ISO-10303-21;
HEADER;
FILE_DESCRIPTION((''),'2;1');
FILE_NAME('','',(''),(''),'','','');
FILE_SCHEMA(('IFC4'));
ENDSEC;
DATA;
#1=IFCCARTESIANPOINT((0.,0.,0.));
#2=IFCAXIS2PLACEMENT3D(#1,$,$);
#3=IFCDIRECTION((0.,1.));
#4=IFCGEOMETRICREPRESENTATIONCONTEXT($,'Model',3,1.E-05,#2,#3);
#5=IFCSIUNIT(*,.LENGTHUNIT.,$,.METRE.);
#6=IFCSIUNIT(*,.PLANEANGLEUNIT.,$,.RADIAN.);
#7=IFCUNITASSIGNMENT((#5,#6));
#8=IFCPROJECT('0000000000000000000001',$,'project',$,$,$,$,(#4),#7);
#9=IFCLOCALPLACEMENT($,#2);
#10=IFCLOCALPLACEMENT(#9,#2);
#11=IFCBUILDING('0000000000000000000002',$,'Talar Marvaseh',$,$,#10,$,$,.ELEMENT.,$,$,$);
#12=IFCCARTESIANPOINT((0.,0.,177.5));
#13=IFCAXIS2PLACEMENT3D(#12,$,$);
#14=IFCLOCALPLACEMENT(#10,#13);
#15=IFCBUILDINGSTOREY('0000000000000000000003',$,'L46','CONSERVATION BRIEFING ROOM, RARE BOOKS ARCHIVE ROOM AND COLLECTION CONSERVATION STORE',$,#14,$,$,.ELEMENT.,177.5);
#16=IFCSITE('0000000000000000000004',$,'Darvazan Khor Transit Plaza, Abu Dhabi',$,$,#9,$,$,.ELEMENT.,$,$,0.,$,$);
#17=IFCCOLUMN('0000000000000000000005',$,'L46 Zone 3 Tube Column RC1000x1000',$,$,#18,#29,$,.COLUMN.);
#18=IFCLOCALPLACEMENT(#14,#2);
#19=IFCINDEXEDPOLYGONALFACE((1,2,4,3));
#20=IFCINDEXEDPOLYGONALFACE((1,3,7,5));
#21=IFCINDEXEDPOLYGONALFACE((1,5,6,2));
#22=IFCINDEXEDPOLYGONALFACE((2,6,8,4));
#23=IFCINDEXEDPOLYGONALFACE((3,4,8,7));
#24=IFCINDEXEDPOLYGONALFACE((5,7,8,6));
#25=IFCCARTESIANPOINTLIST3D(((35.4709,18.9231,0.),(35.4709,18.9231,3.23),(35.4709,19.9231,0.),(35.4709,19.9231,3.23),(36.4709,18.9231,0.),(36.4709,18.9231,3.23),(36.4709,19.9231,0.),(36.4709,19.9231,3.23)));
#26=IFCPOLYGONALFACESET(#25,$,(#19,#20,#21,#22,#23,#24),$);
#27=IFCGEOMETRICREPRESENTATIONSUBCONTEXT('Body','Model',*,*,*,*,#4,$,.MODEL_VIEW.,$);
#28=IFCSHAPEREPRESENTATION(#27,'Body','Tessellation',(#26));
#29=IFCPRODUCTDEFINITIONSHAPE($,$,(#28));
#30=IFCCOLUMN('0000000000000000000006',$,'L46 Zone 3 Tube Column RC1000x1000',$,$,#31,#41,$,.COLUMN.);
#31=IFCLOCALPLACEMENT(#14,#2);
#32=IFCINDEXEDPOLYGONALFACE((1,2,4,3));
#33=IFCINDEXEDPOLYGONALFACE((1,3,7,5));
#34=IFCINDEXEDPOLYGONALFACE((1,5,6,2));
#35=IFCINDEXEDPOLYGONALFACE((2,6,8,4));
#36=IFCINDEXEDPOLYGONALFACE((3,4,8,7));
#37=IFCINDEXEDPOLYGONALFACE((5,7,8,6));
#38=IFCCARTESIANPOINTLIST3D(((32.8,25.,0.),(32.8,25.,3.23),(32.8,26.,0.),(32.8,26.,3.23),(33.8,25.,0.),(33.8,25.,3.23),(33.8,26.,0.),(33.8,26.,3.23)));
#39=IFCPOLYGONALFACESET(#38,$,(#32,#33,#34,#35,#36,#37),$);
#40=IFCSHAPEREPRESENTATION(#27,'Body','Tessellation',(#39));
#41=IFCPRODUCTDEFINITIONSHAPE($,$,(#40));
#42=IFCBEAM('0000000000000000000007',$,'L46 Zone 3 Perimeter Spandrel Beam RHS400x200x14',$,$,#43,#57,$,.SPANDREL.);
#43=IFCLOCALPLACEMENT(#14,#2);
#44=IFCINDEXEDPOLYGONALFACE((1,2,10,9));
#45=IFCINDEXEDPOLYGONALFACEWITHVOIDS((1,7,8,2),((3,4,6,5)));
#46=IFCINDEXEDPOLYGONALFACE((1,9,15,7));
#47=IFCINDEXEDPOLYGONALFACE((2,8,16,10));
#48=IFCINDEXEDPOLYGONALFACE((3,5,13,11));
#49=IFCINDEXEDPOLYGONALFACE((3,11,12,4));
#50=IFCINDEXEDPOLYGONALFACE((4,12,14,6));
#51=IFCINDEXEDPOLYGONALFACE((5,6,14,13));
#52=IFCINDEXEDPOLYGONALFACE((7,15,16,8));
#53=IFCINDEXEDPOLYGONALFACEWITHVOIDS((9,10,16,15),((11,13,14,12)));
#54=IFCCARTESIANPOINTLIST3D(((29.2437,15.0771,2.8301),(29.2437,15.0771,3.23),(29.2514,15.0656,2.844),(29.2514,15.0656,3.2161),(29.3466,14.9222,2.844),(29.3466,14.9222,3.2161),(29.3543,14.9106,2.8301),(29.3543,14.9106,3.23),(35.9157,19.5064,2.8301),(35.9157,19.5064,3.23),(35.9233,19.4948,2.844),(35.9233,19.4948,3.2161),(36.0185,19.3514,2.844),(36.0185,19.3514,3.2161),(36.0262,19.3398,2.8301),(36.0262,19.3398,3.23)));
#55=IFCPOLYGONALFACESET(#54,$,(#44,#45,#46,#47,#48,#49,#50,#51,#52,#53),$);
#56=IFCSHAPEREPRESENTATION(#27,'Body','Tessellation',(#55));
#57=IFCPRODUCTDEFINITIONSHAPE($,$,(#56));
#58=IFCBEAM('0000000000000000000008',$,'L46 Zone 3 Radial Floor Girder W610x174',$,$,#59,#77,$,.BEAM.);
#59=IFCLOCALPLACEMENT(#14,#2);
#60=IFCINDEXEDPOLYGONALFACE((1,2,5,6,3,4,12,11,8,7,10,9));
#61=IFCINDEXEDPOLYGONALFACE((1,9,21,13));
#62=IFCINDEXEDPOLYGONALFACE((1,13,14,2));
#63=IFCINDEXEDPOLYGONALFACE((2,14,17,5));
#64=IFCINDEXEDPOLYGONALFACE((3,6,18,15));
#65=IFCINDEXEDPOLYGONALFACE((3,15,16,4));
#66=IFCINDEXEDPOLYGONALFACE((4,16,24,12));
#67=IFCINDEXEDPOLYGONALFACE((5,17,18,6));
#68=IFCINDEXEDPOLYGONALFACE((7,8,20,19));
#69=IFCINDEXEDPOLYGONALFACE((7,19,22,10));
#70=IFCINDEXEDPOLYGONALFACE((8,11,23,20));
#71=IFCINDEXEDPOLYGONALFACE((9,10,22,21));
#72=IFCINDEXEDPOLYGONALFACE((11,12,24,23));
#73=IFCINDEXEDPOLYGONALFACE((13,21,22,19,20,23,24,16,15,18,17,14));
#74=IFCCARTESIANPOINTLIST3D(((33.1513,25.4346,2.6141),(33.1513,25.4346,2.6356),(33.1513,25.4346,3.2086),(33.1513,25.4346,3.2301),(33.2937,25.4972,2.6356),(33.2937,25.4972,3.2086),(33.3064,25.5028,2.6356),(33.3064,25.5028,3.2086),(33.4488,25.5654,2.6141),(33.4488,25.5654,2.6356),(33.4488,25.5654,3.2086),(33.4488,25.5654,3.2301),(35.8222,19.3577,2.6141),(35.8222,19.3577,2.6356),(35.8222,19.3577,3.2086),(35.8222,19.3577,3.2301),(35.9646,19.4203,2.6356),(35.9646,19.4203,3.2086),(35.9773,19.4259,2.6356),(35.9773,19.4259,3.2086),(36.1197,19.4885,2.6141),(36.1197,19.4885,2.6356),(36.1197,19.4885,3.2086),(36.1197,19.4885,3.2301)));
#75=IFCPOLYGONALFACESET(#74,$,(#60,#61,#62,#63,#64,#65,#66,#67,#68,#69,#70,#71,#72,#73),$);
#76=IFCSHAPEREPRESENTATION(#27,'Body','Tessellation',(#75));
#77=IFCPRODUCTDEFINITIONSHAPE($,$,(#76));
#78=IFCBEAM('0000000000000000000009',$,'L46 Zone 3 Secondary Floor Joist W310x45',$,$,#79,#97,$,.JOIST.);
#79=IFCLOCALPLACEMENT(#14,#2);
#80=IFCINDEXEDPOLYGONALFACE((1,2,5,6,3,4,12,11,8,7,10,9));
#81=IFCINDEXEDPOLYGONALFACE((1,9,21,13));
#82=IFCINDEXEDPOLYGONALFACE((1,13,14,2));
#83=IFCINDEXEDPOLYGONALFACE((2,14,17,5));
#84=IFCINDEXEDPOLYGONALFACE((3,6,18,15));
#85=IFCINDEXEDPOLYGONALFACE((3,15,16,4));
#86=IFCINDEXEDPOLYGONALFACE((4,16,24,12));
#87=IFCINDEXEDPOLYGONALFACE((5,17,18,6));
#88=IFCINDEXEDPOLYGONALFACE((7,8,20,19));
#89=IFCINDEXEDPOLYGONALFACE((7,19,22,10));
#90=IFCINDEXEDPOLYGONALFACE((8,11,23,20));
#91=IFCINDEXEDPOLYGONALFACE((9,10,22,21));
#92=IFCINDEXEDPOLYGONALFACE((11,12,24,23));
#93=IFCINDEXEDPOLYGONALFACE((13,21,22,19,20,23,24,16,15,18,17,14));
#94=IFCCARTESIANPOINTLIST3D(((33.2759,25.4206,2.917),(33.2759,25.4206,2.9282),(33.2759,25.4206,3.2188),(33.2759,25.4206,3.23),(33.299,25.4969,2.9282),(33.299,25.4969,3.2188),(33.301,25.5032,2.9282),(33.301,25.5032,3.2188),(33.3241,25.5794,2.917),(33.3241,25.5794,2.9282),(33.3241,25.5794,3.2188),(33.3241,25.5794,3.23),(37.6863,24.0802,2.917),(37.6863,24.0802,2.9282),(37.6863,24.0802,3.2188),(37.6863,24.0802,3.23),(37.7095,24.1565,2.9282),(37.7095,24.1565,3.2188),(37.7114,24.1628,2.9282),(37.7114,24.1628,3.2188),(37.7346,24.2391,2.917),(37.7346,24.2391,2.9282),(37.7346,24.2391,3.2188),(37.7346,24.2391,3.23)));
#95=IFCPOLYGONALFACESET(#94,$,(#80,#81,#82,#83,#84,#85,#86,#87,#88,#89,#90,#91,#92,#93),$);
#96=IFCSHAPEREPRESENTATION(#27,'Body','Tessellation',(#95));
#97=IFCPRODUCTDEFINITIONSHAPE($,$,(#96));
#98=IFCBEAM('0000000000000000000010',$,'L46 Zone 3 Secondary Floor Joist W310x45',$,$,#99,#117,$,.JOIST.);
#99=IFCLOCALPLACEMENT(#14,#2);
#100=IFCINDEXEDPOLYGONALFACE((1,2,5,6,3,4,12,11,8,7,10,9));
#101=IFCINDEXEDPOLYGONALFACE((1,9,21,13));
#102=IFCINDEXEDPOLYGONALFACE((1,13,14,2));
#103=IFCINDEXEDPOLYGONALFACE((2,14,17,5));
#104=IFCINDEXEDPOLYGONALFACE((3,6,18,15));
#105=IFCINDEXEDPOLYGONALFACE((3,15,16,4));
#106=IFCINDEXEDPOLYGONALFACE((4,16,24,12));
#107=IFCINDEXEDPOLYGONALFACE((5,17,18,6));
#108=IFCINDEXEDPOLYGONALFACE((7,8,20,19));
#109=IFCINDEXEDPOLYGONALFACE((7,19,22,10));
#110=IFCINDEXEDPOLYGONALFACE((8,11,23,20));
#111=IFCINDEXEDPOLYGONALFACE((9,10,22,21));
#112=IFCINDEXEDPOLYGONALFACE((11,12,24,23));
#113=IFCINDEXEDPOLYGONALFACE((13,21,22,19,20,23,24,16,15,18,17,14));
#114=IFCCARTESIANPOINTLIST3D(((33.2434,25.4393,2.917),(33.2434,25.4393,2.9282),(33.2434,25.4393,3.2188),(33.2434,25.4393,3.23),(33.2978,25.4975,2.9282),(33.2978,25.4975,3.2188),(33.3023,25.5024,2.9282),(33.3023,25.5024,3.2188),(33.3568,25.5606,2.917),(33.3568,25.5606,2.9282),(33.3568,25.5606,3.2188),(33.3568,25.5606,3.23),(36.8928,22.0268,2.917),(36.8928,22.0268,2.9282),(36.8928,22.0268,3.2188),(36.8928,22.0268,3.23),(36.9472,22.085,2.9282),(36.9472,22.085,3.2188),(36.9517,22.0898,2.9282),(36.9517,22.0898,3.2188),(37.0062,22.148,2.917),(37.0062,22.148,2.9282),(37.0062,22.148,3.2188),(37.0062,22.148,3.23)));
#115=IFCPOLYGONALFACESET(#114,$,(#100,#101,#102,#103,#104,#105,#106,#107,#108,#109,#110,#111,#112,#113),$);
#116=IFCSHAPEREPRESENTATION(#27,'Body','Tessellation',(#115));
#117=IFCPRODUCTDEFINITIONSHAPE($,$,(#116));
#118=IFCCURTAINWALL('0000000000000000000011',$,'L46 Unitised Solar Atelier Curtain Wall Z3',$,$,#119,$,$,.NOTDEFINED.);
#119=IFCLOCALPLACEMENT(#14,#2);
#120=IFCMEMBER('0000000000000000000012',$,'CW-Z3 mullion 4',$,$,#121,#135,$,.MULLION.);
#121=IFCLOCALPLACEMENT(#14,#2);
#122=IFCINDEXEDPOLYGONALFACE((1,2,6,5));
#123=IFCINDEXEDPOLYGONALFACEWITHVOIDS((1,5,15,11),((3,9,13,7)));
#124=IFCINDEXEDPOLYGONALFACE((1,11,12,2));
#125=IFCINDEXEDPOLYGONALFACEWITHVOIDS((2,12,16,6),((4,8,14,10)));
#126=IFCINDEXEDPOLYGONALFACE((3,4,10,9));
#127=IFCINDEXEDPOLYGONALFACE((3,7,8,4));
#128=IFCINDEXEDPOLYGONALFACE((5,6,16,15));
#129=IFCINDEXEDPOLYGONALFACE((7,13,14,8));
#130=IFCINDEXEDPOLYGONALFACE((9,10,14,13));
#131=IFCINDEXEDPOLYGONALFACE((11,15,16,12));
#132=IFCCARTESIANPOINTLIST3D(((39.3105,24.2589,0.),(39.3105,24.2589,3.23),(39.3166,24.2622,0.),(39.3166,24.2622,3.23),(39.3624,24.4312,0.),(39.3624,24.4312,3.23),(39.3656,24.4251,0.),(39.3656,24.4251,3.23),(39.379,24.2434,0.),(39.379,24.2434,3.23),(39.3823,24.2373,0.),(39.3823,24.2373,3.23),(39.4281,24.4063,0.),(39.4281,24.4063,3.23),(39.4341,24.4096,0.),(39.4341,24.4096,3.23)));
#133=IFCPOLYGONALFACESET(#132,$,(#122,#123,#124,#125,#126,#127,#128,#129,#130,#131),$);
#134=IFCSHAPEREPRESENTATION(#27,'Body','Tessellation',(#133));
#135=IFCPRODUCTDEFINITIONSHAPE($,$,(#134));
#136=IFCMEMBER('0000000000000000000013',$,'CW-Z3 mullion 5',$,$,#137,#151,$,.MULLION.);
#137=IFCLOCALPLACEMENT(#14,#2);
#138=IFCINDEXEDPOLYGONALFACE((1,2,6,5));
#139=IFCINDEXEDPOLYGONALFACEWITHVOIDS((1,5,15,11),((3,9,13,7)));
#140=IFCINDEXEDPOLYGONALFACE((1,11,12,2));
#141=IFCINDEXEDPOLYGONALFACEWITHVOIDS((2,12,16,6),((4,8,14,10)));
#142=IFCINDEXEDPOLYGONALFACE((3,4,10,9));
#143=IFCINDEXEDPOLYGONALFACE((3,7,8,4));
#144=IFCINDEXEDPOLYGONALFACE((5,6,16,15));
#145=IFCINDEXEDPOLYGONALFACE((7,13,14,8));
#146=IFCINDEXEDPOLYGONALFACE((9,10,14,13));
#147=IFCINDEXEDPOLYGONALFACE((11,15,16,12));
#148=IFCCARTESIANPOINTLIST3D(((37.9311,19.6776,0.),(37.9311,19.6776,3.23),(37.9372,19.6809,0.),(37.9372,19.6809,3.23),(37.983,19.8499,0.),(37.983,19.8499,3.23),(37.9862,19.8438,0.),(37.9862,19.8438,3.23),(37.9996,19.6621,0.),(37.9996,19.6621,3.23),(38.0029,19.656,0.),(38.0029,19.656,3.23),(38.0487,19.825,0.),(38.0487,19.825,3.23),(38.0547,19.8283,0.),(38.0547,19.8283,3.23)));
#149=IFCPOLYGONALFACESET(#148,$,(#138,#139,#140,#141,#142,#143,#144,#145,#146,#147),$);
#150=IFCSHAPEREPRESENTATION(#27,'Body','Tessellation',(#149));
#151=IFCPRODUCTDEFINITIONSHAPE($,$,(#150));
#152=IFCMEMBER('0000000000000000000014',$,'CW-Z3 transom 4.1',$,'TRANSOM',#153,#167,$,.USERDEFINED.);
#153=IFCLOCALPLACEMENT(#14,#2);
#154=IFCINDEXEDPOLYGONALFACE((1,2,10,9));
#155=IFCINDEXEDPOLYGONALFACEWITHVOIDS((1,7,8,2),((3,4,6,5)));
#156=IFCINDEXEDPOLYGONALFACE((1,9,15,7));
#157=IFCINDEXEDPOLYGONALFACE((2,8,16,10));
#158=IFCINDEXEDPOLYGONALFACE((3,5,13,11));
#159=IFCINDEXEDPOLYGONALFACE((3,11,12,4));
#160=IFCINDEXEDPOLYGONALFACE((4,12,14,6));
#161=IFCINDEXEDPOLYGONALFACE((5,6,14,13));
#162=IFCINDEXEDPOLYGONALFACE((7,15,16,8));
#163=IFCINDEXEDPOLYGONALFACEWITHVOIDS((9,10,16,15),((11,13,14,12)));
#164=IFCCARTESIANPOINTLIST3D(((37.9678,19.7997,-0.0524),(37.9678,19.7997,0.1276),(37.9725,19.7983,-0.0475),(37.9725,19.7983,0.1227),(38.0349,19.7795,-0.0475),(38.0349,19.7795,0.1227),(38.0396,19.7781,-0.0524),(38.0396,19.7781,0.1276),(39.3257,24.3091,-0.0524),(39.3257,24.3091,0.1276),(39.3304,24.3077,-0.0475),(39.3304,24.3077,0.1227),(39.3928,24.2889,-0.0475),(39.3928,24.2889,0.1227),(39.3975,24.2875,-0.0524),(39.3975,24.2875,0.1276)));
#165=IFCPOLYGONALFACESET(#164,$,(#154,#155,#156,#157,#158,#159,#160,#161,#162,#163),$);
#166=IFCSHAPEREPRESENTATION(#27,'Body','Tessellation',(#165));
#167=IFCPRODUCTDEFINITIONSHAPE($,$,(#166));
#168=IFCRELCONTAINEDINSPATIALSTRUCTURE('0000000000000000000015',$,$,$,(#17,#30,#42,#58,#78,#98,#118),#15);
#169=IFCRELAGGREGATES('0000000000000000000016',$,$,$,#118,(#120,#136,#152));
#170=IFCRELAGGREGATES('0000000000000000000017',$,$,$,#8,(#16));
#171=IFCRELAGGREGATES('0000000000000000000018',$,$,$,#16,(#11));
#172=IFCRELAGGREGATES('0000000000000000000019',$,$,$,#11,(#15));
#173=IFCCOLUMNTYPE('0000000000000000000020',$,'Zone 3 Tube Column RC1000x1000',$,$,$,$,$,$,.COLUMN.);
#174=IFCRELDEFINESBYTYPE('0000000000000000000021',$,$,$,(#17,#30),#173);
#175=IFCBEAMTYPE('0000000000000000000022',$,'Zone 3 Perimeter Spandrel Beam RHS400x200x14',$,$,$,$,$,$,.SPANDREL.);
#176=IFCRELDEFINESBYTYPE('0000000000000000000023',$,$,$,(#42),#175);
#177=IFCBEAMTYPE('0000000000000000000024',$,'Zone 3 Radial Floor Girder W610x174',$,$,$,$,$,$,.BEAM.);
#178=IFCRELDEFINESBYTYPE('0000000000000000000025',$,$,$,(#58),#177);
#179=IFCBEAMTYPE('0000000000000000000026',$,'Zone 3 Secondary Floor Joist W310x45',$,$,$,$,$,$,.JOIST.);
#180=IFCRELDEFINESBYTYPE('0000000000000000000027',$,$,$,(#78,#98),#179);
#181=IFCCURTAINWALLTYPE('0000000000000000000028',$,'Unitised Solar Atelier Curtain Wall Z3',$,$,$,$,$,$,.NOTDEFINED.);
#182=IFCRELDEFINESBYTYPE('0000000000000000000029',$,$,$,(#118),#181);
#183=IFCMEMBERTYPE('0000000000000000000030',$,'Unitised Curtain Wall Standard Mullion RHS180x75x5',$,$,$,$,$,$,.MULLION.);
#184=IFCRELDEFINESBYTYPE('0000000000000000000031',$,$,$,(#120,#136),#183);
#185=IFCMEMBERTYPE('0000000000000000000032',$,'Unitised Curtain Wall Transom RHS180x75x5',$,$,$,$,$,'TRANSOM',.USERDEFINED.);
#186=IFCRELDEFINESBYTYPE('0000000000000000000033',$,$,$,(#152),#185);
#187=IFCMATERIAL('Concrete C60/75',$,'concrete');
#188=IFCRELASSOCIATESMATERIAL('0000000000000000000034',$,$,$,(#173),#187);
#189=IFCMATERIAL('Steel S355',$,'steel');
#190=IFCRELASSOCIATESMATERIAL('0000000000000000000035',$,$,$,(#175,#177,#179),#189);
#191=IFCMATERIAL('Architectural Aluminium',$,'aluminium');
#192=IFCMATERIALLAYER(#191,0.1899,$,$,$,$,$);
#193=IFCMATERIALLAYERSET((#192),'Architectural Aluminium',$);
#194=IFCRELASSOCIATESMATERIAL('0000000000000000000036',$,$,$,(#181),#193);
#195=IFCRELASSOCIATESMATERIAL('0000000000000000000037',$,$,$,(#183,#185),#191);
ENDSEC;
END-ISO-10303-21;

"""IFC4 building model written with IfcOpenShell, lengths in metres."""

from ifc_helpers import new_model, si_unit, direction, frame, origin, origin_2d, place, context, subcontext, project, spatial, rectangle, hollow_rectangle, i_section, extrude, source, transform, mapped, material, layer, layer_set, material_profile, profile_set, type_object, type_shapes, element, aggregate, save


model = new_model("IFC4")

# Units and contexts
model_context = context("Model", 3, precision=1e-05, world=origin(), true_north=direction((0.0, 1.0)))
body_context = subcontext(model_context, "Body", "Model", "MODEL_VIEW")
ifc_project = project(units=[si_unit("LENGTHUNIT", "METRE"), si_unit("PLANEANGLEUNIT", "RADIAN")], contexts=[model_context])

# Site, building, storey
site_placement = place(None, origin())
site = spatial("IfcSite", under=ifc_project, at=site_placement, Name="Darvazan Khor Transit Plaza, Abu Dhabi", CompositionType="ELEMENT", RefElevation=0.0)
building_placement = place(site_placement, origin())
building = spatial("IfcBuilding", under=site, at=building_placement, Name="Talar Marvaseh", CompositionType="ELEMENT")
storey_placement = place(building_placement, frame((0.0, 0.0, 177.5)))
storey = spatial("IfcBuildingStorey", under=building, at=storey_placement, Name="L46", Description="CONSERVATION BRIEFING ROOM, RARE BOOKS ARCHIVE ROOM AND COLLECTION CONSERVATION STORE", CompositionType="ELEMENT", Elevation=177.5)

# Columns
ifc_material_1 = material(Name="Concrete C60/75", Category="concrete")
ifc_material_profile_1 = material_profile(ifc_material_1, rectangle(XDim=1.0, YDim=1.0, at=origin_2d()), Name="RC1000x1000")
ifc_profile_set_1 = profile_set([ifc_material_profile_1], Name="Concrete C60/75")
column_type = type_object("IfcColumnType", Name="Zone 3 Tube Column RC1000x1000", PredefinedType="COLUMN", material=ifc_profile_set_1)
for number, where, z_axis, x_axis, name in (
    (1, (35.9709, 19.4231, 0.0), (0.0, 0.0, 1.0), (1.0, 0.0, 0.0), "L46 Zone 3 Tube Column RC1000x1000"),
    (2, (33.3, 25.5, 0.0), (0.0, 0.0, 1.0), (1.0, 0.0, 0.0), "L46 Zone 3 Tube Column RC1000x1000"),
):
    element("IfcColumn", number, at=place(storey_placement, frame(where, z_axis=z_axis, x_axis=x_axis)), inside=storey, type_object=column_type, Name=name, PredefinedType="COLUMN", context=body_context, shape_type="SweptSolid", body=[
        extrude(rectangle(XDim=1.0, YDim=1.0, at=origin_2d()), origin(), (0.0, 0.0, 1.0), 3.23),
    ])

# Beams
ifc_material_2 = material(Name="Steel S355", Category="steel")
ifc_material_profile_2 = material_profile(ifc_material_2, hollow_rectangle(XDim=0.2, YDim=0.3999, WallThickness=0.0139, at=origin_2d()), Name="RHS400x200x14")
ifc_profile_set_2 = profile_set([ifc_material_profile_2], Name="Steel S355")
beam_type_1 = type_object("IfcBeamType", Name="Zone 3 Perimeter Spandrel Beam RHS400x200x14", PredefinedType="SPANDREL", material=ifc_profile_set_2)
beam_1_placement = place(storey_placement, frame((35.9709, 19.4231, 3.03), z_axis=(-0.833127, -0.553081, 0.0), x_axis=(0.553081, -0.833127, 0.0)))
element("IfcBeam", 3, at=beam_1_placement, inside=storey, type_object=beam_type_1, Name="L46 Zone 3 Perimeter Spandrel Beam RHS400x200x14", PredefinedType="SPANDREL", context=body_context, shape_type="SweptSolid", body=[
    extrude(hollow_rectangle(XDim=0.2, YDim=0.3999, WallThickness=0.0139, at=origin_2d()), origin(), (0.0, 0.0, 1.0), 8.0083),
])
ifc_material_profile_3 = material_profile(ifc_material_2, i_section(OverallWidth=0.325, OverallDepth=0.616, WebThickness=0.0139, FlangeThickness=0.0215, at=origin_2d()), Name="W610x174")
ifc_profile_set_3 = profile_set([ifc_material_profile_3], Name="Steel S355")
beam_type_2 = type_object("IfcBeamType", Name="Zone 3 Radial Floor Girder W610x174", PredefinedType="BEAM", material=ifc_profile_set_3)
beam_2_placement = place(storey_placement, frame((35.9709, 19.4231, 2.9221), z_axis=(-0.402368, 0.915478, 0.0), x_axis=(-0.915478, -0.402368, 0.0)))
element("IfcBeam", 4, at=beam_2_placement, inside=storey, type_object=beam_type_2, Name="L46 Zone 3 Radial Floor Girder W610x174", PredefinedType="BEAM", context=body_context, shape_type="SweptSolid", body=[
    extrude(i_section(OverallWidth=0.325, OverallDepth=0.616, WebThickness=0.0139, FlangeThickness=0.0215, at=origin_2d()), origin(), (0.0, 0.0, 1.0), 6.6379),
])
ifc_material_profile_4 = material_profile(ifc_material_2, i_section(OverallWidth=0.166, OverallDepth=0.313, WebThickness=0.0066, FlangeThickness=0.0112, at=origin_2d()), Name="W310x45")
ifc_profile_set_4 = profile_set([ifc_material_profile_4], Name="Steel S355")
beam_type_3 = type_object("IfcBeamType", Name="Zone 3 Secondary Floor Joist W310x45", PredefinedType="JOIST", material=ifc_profile_set_4)
beam_3_placement = place(storey_placement, frame((37.7104, 24.1597, 3.0735), z_axis=(-0.956792, 0.290772, 0.0), x_axis=(-0.290772, -0.956792, 0.0)))
element("IfcBeam", 5, at=beam_3_placement, inside=storey, type_object=beam_type_3, Name="L46 Zone 3 Secondary Floor Joist W310x45", PredefinedType="JOIST", context=body_context, shape_type="SweptSolid", body=[
    extrude(i_section(OverallWidth=0.166, OverallDepth=0.313, WebThickness=0.0066, FlangeThickness=0.0112, at=origin_2d()), origin(), (0.0, 0.0, 1.0), 4.6096),
])
beam_4_placement = place(storey_placement, frame((36.9495, 22.0874, 3.0735), z_axis=(-0.730408, 0.683011, 0.0), x_axis=(-0.683011, -0.730408, 0.0)))
element("IfcBeam", 6, at=beam_4_placement, inside=storey, type_object=beam_type_3, Name="L46 Zone 3 Secondary Floor Joist W310x45", PredefinedType="JOIST", context=body_context, shape_type="SweptSolid", body=[
    extrude(i_section(OverallWidth=0.166, OverallDepth=0.313, WebThickness=0.0066, FlangeThickness=0.0112, at=origin_2d()), origin(), (0.0, 0.0, 1.0), 4.9963),
])

# Curtain wall, members
ifc_material_3 = material(Name="Architectural Aluminium", Category="aluminium")
ifc_layer_1 = layer(ifc_material_3, 0.1899)
ifc_layer_set_1 = layer_set([ifc_layer_1], Name="Architectural Aluminium")
curtain_wall_type = type_object("IfcCurtainWallType", Name="Unitised Solar Atelier Curtain Wall Z3", PredefinedType="NOTDEFINED", material=ifc_layer_set_1)
curtain_wall_placement = place(storey_placement, origin())
curtain_wall = element("IfcCurtainWall", 7, at=curtain_wall_placement, inside=storey, type_object=curtain_wall_type, Name="L46 Unitised Solar Atelier Curtain Wall Z3", PredefinedType="NOTDEFINED")
ifc_material_profile_5 = material_profile(ifc_material_3, hollow_rectangle(XDim=0.075, YDim=0.1799, WallThickness=0.0049, at=origin_2d()), Name="RHS180x75x5")
ifc_profile_set_5 = profile_set([ifc_material_profile_5], Name="Architectural Aluminium")
member_type_1 = type_object("IfcMemberType", Name="Unitised Curtain Wall Standard Mullion RHS180x75x5", PredefinedType="MULLION", material=ifc_profile_set_5)
shared_shape_1 = source(origin(), body_context, "Body", "SweptSolid", [
    extrude(hollow_rectangle(XDim=0.075, YDim=0.1799, WallThickness=0.0049, at=origin_2d()), origin(), (0.0, 0.0, 1.0), 3.23),
])
type_shapes(member_type_1, [shared_shape_1])
member_1_placement = place(storey_placement, frame((39.3723, 24.3342, 0.0), z_axis=(0.0, 0.0, 1.0), x_axis=(0.957526, -0.288347, 0.0)))
member_1 = element("IfcMember", 8, at=member_1_placement, type_object=member_type_1, Name="CW-Z3 mullion 4", PredefinedType="MULLION", context=body_context, shape_type="MappedRepresentation", body=[
    mapped(shared_shape_1, transform((0.0, 0.0, 0.0), x_axis=(1.0, 0.0, 0.0), y_axis=(0.0, 1.0, 0.0), z_axis=(0.0, 0.0, 1.0), scale=1.0)),
])
member_2_placement = place(storey_placement, frame((37.9929, 19.7529, 0.0), z_axis=(0.0, 0.0, 1.0), x_axis=(0.957526, -0.288347, 0.0)))
member_2 = element("IfcMember", 9, at=member_2_placement, type_object=member_type_1, Name="CW-Z3 mullion 5", PredefinedType="MULLION", context=body_context, shape_type="MappedRepresentation", body=[
    mapped(shared_shape_1, transform((0.0, 0.0, 0.0), x_axis=(1.0, 0.0, 0.0), y_axis=(0.0, 1.0, 0.0), z_axis=(0.0, 0.0, 1.0), scale=1.0)),
])
ifc_material_profile_6 = material_profile(ifc_material_3, hollow_rectangle(XDim=0.075, YDim=0.1799, WallThickness=0.0049, at=origin_2d()), Name="RHS180x75x5")
ifc_profile_set_6 = profile_set([ifc_material_profile_6], Name="Architectural Aluminium")
member_type_2 = type_object("IfcMemberType", Name="Unitised Curtain Wall Transom RHS180x75x5", ElementType="TRANSOM", PredefinedType="USERDEFINED", material=ifc_profile_set_6)
shared_shape_2 = source(origin(), body_context, "Body", "SweptSolid", [
    extrude(hollow_rectangle(XDim=0.075, YDim=0.1799, WallThickness=0.0049, at=origin_2d()), origin(), (0.0, 0.0, 1.0), 4.7095),
])
type_shapes(member_type_2, [shared_shape_2])
member_3_placement = place(storey_placement, frame((39.3616, 24.2983, 0.0376), z_axis=(-0.288332, -0.95753, 0.0), x_axis=(0.95753, -0.288332, 0.0)))
member_3 = element("IfcMember", 10, at=member_3_placement, type_object=member_type_2, Name="CW-Z3 transom 4.1", ObjectType="TRANSOM", PredefinedType="USERDEFINED", context=body_context, shape_type="MappedRepresentation", body=[
    mapped(shared_shape_2, transform((0.0, 0.0, 0.0), x_axis=(1.0, 0.0, 0.0), y_axis=(0.0, 1.0, 0.0), z_axis=(0.0, 0.0, 1.0), scale=1.0)),
])
aggregate(curtain_wall, [member_1, member_2, member_3])

save(model, "model.ifc")
